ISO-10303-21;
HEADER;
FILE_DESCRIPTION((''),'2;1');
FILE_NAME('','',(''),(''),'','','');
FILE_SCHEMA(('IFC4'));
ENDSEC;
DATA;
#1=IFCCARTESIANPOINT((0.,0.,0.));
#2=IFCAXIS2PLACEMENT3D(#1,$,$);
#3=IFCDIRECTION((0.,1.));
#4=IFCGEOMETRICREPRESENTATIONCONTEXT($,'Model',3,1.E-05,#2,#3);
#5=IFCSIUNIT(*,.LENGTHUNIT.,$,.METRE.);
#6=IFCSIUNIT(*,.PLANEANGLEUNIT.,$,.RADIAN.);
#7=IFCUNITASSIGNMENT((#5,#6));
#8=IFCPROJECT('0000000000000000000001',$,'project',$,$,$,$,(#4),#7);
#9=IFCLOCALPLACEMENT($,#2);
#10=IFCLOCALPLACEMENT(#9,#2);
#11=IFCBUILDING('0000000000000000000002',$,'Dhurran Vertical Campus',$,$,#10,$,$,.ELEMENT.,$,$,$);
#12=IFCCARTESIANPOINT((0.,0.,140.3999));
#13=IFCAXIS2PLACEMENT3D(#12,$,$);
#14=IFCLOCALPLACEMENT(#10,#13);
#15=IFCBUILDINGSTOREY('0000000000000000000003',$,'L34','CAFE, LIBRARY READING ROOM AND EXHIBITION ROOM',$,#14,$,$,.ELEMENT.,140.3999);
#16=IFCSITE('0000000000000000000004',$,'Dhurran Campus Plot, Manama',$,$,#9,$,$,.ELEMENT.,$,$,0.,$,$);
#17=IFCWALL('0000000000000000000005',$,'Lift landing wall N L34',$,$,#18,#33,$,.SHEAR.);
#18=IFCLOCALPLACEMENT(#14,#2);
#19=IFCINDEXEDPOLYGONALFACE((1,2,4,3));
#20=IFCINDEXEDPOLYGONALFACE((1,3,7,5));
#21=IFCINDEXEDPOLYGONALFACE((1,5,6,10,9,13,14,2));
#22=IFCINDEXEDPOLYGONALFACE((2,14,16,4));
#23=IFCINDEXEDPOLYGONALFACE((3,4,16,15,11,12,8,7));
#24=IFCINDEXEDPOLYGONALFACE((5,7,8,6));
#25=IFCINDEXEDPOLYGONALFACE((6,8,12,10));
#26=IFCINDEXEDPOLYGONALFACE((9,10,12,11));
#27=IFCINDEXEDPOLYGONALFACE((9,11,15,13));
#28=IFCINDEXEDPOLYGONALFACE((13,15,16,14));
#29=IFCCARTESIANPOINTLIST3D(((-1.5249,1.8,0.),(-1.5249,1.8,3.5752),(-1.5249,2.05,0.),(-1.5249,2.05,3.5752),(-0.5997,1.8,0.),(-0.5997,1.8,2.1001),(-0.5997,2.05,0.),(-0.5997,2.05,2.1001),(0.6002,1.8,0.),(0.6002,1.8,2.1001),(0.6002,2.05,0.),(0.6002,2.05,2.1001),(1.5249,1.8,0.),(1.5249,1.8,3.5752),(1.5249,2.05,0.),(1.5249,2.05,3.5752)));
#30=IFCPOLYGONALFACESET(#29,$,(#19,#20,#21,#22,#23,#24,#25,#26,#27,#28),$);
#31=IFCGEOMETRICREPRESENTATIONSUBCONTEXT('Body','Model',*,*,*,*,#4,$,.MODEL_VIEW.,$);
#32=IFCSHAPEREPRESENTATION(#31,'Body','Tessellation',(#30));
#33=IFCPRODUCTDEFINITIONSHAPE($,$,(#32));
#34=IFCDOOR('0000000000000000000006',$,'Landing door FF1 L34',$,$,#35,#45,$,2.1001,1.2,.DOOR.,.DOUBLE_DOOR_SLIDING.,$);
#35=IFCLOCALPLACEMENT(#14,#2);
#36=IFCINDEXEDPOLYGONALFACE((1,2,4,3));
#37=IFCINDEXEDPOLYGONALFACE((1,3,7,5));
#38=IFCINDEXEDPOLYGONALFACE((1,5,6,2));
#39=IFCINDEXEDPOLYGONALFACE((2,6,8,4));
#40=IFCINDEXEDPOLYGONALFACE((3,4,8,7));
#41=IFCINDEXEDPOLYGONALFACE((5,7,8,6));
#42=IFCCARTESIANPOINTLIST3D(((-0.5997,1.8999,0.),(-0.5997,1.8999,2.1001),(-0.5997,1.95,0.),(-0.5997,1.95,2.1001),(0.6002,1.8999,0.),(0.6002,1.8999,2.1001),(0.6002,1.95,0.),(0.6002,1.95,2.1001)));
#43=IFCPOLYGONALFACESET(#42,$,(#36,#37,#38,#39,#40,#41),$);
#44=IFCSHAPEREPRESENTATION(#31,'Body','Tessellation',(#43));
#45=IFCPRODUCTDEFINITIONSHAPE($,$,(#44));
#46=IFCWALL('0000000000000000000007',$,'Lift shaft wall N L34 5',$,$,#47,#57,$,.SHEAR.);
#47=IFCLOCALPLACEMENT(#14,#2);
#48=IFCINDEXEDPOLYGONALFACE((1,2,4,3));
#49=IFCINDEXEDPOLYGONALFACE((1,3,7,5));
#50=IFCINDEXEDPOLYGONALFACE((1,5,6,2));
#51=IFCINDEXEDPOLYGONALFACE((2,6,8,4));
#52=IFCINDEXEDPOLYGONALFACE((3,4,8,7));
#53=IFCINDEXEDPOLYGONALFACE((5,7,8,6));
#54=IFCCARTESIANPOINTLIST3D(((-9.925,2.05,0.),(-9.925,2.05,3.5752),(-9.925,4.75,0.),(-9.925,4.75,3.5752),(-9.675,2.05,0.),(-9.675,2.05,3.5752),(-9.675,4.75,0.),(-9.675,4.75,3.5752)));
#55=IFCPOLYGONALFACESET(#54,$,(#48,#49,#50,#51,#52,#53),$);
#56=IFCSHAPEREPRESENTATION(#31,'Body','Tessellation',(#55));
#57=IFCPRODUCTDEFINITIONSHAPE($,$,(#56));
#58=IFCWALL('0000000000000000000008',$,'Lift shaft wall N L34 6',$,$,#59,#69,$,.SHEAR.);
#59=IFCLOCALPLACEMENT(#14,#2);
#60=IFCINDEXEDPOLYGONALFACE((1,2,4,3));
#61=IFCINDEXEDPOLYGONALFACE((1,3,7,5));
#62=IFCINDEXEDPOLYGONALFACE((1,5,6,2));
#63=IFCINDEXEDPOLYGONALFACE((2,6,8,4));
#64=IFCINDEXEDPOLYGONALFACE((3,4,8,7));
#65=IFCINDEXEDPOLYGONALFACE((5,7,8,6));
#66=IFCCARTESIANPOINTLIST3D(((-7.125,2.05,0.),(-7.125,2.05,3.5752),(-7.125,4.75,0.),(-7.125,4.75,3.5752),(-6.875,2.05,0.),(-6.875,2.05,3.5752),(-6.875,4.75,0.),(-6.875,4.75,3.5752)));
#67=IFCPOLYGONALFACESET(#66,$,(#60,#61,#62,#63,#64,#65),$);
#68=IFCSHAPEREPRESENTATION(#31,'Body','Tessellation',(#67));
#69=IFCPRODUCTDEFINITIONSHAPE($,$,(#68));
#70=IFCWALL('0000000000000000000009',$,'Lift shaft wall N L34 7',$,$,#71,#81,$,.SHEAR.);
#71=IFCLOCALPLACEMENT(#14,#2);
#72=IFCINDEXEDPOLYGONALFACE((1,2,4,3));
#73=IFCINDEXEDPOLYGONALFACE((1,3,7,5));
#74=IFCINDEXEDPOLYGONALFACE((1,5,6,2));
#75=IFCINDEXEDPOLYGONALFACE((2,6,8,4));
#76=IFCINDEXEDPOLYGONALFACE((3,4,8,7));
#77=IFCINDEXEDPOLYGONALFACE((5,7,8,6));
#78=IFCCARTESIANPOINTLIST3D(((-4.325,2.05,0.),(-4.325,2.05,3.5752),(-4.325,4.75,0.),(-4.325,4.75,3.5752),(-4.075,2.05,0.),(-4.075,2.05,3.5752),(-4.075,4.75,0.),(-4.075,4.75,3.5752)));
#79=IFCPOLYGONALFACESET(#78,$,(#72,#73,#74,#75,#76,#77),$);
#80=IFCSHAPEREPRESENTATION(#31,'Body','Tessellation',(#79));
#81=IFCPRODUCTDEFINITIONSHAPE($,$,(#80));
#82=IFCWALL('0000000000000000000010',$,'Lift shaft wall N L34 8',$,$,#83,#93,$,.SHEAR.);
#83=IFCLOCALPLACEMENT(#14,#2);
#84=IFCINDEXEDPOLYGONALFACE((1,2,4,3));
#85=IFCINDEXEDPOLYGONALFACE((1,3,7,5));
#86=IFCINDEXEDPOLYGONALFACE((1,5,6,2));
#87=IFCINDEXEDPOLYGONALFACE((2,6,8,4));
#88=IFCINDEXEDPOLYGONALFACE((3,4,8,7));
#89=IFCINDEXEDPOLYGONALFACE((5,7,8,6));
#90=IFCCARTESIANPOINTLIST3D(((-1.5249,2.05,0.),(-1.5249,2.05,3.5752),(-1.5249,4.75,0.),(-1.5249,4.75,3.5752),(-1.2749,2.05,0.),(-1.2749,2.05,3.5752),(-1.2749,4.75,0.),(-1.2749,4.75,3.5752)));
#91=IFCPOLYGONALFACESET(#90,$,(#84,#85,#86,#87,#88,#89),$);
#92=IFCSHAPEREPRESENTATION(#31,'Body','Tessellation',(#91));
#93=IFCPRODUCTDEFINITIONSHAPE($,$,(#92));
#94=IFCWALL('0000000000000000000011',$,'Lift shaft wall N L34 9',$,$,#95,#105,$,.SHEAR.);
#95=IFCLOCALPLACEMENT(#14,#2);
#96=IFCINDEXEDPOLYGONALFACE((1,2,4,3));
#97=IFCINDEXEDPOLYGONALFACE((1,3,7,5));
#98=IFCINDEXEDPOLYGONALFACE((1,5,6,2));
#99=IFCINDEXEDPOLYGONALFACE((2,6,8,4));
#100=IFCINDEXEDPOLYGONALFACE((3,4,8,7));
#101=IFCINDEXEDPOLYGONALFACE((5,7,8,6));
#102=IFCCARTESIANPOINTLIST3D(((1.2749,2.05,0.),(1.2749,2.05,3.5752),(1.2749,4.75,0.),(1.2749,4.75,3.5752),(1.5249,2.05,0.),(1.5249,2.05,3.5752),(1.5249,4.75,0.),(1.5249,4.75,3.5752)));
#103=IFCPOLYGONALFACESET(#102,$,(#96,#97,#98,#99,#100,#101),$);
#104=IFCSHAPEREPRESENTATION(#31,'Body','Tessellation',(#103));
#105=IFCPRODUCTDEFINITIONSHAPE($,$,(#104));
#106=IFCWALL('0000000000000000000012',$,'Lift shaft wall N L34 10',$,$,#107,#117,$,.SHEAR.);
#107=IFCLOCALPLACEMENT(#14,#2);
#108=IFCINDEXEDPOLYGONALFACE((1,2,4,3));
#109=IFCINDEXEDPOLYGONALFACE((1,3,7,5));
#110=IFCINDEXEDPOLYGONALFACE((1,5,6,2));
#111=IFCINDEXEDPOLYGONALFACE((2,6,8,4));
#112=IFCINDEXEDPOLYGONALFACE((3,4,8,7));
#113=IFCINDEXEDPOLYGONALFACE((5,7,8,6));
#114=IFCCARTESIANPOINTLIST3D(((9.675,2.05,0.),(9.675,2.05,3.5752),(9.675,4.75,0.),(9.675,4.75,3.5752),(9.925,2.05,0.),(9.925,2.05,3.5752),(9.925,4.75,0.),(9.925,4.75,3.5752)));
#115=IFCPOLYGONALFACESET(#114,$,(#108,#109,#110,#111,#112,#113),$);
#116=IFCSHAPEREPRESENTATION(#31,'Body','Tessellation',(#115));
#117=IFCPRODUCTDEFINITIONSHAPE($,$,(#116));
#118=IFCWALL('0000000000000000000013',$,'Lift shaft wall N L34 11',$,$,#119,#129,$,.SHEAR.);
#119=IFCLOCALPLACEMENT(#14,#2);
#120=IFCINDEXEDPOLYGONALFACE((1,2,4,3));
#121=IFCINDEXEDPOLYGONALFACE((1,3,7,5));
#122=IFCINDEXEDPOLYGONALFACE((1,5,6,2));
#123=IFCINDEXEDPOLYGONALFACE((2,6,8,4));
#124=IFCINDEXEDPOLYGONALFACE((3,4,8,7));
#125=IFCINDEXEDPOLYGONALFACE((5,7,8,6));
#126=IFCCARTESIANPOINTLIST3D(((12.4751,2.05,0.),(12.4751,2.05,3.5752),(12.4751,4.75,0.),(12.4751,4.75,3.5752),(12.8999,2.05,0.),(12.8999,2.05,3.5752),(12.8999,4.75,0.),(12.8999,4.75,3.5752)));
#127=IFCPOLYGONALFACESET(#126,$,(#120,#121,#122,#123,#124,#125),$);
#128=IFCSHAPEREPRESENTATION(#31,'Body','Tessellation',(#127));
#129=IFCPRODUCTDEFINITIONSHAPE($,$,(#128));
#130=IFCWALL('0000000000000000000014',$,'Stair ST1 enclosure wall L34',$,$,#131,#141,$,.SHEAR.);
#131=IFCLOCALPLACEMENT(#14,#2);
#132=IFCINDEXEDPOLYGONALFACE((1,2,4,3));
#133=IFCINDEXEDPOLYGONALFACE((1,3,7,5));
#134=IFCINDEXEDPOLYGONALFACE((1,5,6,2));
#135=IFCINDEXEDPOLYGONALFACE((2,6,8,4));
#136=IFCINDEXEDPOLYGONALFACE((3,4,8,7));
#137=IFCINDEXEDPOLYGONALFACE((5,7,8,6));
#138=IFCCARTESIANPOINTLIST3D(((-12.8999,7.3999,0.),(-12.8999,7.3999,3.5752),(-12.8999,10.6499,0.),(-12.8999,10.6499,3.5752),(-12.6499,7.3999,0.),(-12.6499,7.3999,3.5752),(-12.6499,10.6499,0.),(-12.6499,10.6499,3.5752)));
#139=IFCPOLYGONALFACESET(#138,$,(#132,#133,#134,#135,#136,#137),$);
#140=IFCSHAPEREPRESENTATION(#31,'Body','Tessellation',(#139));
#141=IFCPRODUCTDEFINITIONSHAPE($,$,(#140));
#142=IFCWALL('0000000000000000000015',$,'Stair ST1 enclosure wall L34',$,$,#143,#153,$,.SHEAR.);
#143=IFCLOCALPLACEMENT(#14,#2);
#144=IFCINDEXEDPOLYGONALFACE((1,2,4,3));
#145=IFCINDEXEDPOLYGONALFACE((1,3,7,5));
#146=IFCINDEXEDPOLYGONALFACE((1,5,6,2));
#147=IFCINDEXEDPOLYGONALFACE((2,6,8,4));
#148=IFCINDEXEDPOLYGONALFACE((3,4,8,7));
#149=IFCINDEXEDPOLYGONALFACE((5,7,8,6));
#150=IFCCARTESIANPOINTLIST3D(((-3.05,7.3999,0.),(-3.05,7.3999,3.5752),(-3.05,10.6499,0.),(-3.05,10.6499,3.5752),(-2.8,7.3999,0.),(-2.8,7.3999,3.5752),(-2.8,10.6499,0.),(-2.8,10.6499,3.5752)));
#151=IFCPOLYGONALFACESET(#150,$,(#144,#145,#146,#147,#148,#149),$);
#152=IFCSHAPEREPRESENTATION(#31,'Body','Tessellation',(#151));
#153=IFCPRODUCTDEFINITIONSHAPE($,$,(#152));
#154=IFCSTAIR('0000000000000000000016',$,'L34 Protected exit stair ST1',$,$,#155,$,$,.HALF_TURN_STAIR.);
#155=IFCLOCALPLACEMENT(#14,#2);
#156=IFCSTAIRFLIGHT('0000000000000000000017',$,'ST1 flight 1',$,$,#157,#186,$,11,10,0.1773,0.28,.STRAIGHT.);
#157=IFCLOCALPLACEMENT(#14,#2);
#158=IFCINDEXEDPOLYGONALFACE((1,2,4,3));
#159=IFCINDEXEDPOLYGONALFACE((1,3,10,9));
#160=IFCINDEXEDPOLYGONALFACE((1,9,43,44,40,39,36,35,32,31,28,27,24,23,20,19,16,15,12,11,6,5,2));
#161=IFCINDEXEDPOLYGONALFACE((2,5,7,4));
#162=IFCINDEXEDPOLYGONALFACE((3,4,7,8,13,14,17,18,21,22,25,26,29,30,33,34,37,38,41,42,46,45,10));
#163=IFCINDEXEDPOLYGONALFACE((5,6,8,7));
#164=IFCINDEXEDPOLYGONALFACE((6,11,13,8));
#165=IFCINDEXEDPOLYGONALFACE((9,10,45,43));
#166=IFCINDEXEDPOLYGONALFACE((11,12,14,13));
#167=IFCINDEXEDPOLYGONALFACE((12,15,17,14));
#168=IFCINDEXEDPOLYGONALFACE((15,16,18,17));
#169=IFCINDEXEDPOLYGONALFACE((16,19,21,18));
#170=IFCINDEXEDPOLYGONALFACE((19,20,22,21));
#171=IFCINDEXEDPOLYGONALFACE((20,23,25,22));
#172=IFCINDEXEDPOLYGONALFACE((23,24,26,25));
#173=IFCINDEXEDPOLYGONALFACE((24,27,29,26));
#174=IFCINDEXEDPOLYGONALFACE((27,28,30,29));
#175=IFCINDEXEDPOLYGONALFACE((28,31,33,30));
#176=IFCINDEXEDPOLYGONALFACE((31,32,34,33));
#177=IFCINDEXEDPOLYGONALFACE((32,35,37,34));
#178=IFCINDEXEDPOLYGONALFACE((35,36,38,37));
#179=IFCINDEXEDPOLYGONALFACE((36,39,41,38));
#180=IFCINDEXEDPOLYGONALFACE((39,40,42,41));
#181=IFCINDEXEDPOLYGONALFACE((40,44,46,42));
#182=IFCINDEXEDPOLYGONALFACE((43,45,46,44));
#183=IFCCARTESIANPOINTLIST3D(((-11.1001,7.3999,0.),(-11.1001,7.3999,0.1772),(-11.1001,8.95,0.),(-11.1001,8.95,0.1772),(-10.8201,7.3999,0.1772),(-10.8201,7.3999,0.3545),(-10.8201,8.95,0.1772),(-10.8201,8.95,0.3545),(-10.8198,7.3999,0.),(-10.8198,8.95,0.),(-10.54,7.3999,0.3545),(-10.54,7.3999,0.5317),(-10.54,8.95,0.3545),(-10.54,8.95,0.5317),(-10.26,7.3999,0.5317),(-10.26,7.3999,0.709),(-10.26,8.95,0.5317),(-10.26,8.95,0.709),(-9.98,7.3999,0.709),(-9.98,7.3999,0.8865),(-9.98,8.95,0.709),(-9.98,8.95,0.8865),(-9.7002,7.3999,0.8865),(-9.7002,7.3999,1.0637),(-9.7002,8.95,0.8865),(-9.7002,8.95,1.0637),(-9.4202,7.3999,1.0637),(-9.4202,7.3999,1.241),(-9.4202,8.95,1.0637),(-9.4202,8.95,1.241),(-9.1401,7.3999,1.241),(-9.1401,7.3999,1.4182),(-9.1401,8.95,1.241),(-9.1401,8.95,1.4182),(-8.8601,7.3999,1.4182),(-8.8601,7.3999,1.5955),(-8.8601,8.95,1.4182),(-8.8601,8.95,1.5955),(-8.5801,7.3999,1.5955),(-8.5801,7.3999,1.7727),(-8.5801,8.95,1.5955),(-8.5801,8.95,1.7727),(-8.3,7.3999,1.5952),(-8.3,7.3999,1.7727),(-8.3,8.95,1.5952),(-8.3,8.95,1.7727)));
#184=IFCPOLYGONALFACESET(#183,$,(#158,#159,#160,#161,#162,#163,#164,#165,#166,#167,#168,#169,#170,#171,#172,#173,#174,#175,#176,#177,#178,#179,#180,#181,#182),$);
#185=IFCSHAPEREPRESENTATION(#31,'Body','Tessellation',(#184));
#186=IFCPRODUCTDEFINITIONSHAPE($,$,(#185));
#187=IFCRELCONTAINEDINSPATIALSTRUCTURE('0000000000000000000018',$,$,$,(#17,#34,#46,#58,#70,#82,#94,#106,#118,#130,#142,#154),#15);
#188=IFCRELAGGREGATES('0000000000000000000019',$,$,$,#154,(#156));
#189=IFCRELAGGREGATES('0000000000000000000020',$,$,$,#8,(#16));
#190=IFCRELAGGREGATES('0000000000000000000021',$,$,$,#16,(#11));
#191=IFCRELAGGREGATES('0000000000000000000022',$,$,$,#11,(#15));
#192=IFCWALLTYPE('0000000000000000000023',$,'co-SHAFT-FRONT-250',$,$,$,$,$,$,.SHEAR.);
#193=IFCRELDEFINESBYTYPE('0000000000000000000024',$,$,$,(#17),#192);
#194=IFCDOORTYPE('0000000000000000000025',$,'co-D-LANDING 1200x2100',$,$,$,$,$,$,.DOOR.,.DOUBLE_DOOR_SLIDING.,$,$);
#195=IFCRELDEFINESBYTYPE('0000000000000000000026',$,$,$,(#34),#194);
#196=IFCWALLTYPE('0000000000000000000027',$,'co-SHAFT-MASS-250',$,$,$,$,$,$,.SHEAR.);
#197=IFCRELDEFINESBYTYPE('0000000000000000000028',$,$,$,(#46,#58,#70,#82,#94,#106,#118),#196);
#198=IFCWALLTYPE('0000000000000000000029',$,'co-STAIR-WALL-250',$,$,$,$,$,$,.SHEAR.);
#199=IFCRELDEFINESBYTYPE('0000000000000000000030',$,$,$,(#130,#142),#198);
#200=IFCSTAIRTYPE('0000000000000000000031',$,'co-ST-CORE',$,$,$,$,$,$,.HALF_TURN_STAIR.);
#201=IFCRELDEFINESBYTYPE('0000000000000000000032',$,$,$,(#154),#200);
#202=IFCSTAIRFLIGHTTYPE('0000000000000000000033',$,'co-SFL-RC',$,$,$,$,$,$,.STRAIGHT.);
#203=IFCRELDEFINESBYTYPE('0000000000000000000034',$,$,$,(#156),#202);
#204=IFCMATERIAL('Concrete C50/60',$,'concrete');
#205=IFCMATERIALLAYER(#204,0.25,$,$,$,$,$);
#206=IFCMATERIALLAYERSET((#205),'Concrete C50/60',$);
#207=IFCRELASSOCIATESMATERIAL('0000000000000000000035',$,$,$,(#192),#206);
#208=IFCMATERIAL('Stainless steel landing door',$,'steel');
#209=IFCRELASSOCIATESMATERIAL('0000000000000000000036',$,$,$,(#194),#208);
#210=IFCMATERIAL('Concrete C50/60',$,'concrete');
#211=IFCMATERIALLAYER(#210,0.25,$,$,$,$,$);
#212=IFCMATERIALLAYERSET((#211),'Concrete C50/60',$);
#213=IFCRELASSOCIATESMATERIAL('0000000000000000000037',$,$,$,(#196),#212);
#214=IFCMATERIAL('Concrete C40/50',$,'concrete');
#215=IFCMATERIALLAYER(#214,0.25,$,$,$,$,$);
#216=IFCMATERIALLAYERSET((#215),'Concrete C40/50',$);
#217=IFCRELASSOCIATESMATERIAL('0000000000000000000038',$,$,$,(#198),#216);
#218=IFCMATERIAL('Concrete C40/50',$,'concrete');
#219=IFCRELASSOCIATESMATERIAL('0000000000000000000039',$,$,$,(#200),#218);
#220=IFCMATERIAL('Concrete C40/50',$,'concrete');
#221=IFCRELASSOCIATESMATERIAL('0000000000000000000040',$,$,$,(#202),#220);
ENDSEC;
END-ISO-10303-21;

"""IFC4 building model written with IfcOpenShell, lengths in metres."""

from ifc_helpers import new_model, si_unit, direction, frame, frame_2d, origin, place, context, subcontext, project, spatial, polyline, rectangle, outline, extrude, material, layer, layer_set, type_object, element, fill, aggregate, save


model = new_model("IFC4")

# Units and contexts
model_context = context("Model", 3, precision=1e-05, world=origin(), true_north=direction((0.0, 1.0)))
body_context = subcontext(model_context, "Body", "Model", "MODEL_VIEW")
ifc_project = project(units=[si_unit("LENGTHUNIT", "METRE"), si_unit("PLANEANGLEUNIT", "RADIAN")], contexts=[model_context])

# Site, building, storey
site_placement = place(None, origin())
site = spatial("IfcSite", under=ifc_project, at=site_placement, Name="Dhurran Campus Plot, Manama", CompositionType="ELEMENT", RefElevation=0.0)
building_placement = place(site_placement, origin())
building = spatial("IfcBuilding", under=site, at=building_placement, Name="Dhurran Vertical Campus", CompositionType="ELEMENT")
storey_placement = place(building_placement, frame((0.0, 0.0, 140.3999)))
storey = spatial("IfcBuildingStorey", under=building, at=storey_placement, Name="L34", Description="CAFE, LIBRARY READING ROOM AND EXHIBITION ROOM", CompositionType="ELEMENT", Elevation=140.3999)

# Wall, opening, door
ifc_material_1 = material(Name="Concrete C50/60", Category="concrete")
ifc_layer_1 = layer(ifc_material_1, 0.25)
ifc_layer_set_1 = layer_set([ifc_layer_1], Name="Concrete C50/60")
wall_type_1 = type_object("IfcWallType", Name="co-SHAFT-FRONT-250", PredefinedType="SHEAR", material=ifc_layer_set_1)
wall_1_placement = place(storey_placement, frame((-1.5249, 1.925, 0.0), z_axis=(0.0, 0.0, 1.0), x_axis=(1.0, 0.0, 0.0)))
wall_1 = element("IfcWall", 1, at=wall_1_placement, inside=storey, type_object=wall_type_1, Name="Lift landing wall N L34", PredefinedType="SHEAR", context=body_context, shape_type="SweptSolid", body=[
    extrude(rectangle(XDim=3.0498, YDim=0.25, at=frame_2d((1.5249, 0.0))), origin(), (0.0, 0.0, 1.0), 3.5752),
])
opening_1_placement = place(wall_1_placement, frame((0.925, 0.0, 0.0)))
opening_1 = element("IfcOpeningElement", 2, at=opening_1_placement, cuts=wall_1, PredefinedType="OPENING", context=body_context, shape_type="SweptSolid", body=[
    extrude(rectangle(XDim=1.2, YDim=2.1001, at=frame_2d((0.6001, 1.05))), frame((0.0, 0.135, 0.0), z_axis=(0.0, -1.0, 0.0), x_axis=(1.0, 0.0, 0.0)), (0.0, 0.0, 1.0), 0.27),
])
ifc_material_2 = material(Name="Stainless steel landing door", Category="steel")
door_type_1 = type_object("IfcDoorType", Name="co-D-LANDING 1200x2100", OperationType="DOUBLE_DOOR_SLIDING", PredefinedType="DOOR", material=ifc_material_2)
door_1_placement = place(opening_1_placement, origin())
door_1 = element("IfcDoor", 3, at=door_1_placement, inside=storey, type_object=door_type_1, Name="Landing door FF1 L34", OperationType="DOUBLE_DOOR_SLIDING", OverallHeight=2.1001, OverallWidth=1.2, PredefinedType="DOOR", context=body_context, shape_type="SweptSolid", body=[
    extrude(rectangle(XDim=1.2, YDim=2.1001, at=frame_2d((0.6001, 1.05))), frame((0.0, 0.0249, 0.0), z_axis=(0.0, -1.0, 0.0), x_axis=(1.0, 0.0, 0.0)), (0.0, 0.0, 1.0), 0.05),
])
fill(opening_1, door_1)

# Walls
ifc_material_3 = material(Name="Concrete C50/60", Category="concrete")
ifc_layer_2 = layer(ifc_material_3, 0.25)
ifc_layer_set_2 = layer_set([ifc_layer_2], Name="Concrete C50/60")
wall_type_2 = type_object("IfcWallType", Name="co-SHAFT-MASS-250", PredefinedType="SHEAR", material=ifc_layer_set_2)
wall_2_placement = place(storey_placement, origin())
element("IfcWall", 4, at=wall_2_placement, inside=storey, type_object=wall_type_2, Name="Lift shaft wall N L34 5", PredefinedType="SHEAR", context=body_context, shape_type="SweptSolid", body=[
    extrude(outline(polyline([(-9.925, 2.05), (-9.675, 2.05), (-9.675, 4.75), (-9.925, 4.75), (-9.925, 2.05)])), origin(), (0.0, 0.0, 1.0), 3.5752),
])
wall_3_placement = place(storey_placement, origin())
element("IfcWall", 5, at=wall_3_placement, inside=storey, type_object=wall_type_2, Name="Lift shaft wall N L34 6", PredefinedType="SHEAR", context=body_context, shape_type="SweptSolid", body=[
    extrude(outline(polyline([(-7.125, 2.05), (-6.875, 2.05), (-6.875, 4.75), (-7.125, 4.75), (-7.125, 2.05)])), origin(), (0.0, 0.0, 1.0), 3.5752),
])
wall_4_placement = place(storey_placement, origin())
element("IfcWall", 6, at=wall_4_placement, inside=storey, type_object=wall_type_2, Name="Lift shaft wall N L34 7", PredefinedType="SHEAR", context=body_context, shape_type="SweptSolid", body=[
    extrude(outline(polyline([(-4.325, 2.05), (-4.075, 2.05), (-4.075, 4.75), (-4.325, 4.75), (-4.325, 2.05)])), origin(), (0.0, 0.0, 1.0), 3.5752),
])
wall_5_placement = place(storey_placement, origin())
element("IfcWall", 7, at=wall_5_placement, inside=storey, type_object=wall_type_2, Name="Lift shaft wall N L34 8", PredefinedType="SHEAR", context=body_context, shape_type="SweptSolid", body=[
    extrude(outline(polyline([(-1.5249, 2.05), (-1.2749, 2.05), (-1.2749, 4.75), (-1.5249, 4.75), (-1.5249, 2.05)])), origin(), (0.0, 0.0, 1.0), 3.5752),
])
wall_6_placement = place(storey_placement, origin())
element("IfcWall", 8, at=wall_6_placement, inside=storey, type_object=wall_type_2, Name="Lift shaft wall N L34 9", PredefinedType="SHEAR", context=body_context, shape_type="SweptSolid", body=[
    extrude(outline(polyline([(1.2749, 2.05), (1.5249, 2.05), (1.5249, 4.75), (1.2749, 4.75), (1.2749, 2.05)])), origin(), (0.0, 0.0, 1.0), 3.5752),
])
wall_7_placement = place(storey_placement, origin())
element("IfcWall", 9, at=wall_7_placement, inside=storey, type_object=wall_type_2, Name="Lift shaft wall N L34 10", PredefinedType="SHEAR", context=body_context, shape_type="SweptSolid", body=[
    extrude(outline(polyline([(9.675, 2.05), (9.925, 2.05), (9.925, 4.75), (9.675, 4.75), (9.675, 2.05)])), origin(), (0.0, 0.0, 1.0), 3.5752),
])
wall_8_placement = place(storey_placement, origin())
element("IfcWall", 10, at=wall_8_placement, inside=storey, type_object=wall_type_2, Name="Lift shaft wall N L34 11", PredefinedType="SHEAR", context=body_context, shape_type="SweptSolid", body=[
    extrude(outline(polyline([(12.4751, 2.05), (12.8999, 2.05), (12.8999, 4.75), (12.4751, 4.75), (12.4751, 2.05)])), origin(), (0.0, 0.0, 1.0), 3.5752),
])
ifc_material_4 = material(Name="Concrete C40/50", Category="concrete")
ifc_layer_3 = layer(ifc_material_4, 0.25)
ifc_layer_set_3 = layer_set([ifc_layer_3], Name="Concrete C40/50")
wall_type_3 = type_object("IfcWallType", Name="co-STAIR-WALL-250", PredefinedType="SHEAR", material=ifc_layer_set_3)
for number, where, z_axis, x_axis, name in (
    (11, (-12.7749, 7.3999, 0.0), (0.0, 0.0, 1.0), (0.0, 1.0, 0.0), "Stair ST1 enclosure wall L34"),
    (12, (-2.925, 7.3999, 0.0), (0.0, 0.0, 1.0), (0.0, 1.0, 0.0), "Stair ST1 enclosure wall L34"),
):
    element("IfcWall", number, at=place(storey_placement, frame(where, z_axis=z_axis, x_axis=x_axis)), inside=storey, type_object=wall_type_3, Name=name, PredefinedType="SHEAR", context=body_context, shape_type="SweptSolid", body=[
        extrude(rectangle(XDim=3.25, YDim=0.25, at=frame_2d((1.625, 0.0))), origin(), (0.0, 0.0, 1.0), 3.5752),
    ])

# Stair, stair flight
ifc_material_5 = material(Name="Concrete C40/50", Category="concrete")
stair_type = type_object("IfcStairType", Name="co-ST-CORE", PredefinedType="HALF_TURN_STAIR", material=ifc_material_5)
stair_placement = place(storey_placement, origin())
stair = element("IfcStair", 13, at=stair_placement, inside=storey, type_object=stair_type, Name="L34 Protected exit stair ST1", PredefinedType="HALF_TURN_STAIR")
ifc_material_6 = material(Name="Concrete C40/50", Category="concrete")
stair_flight_type = type_object("IfcStairFlightType", Name="co-SFL-RC", PredefinedType="STRAIGHT", material=ifc_material_6)
stair_flight_placement = place(storey_placement, frame((-11.1001, 8.175, 0.0), z_axis=(0.0, 0.0, 1.0), x_axis=(1.0, 0.0, 0.0)))
stair_flight = element("IfcStairFlight", 14, at=stair_flight_placement, type_object=stair_flight_type, Name="ST1 flight 1", NumberOfRisers=11, NumberOfTreads=10, PredefinedType="STRAIGHT", RiserHeight=0.1773, TreadLength=0.28, context=body_context, shape_type="SweptSolid", body=[
    extrude(outline(polyline([(0.0, 0.0), (0.0, 0.1772), (0.28, 0.1772), (0.28, 0.3545), (0.5601, 0.3545), (0.5601, 0.5317), (0.8401, 0.5317), (0.8401, 0.709), (1.1201, 0.709), (1.1201, 0.8865), (1.3999, 0.8865), (1.3999, 1.0637), (1.6799, 1.0637), (1.6799, 1.241), (1.96, 1.241), (1.96, 1.4182), (2.24, 1.4182), (2.24, 1.5955), (2.52, 1.5955), (2.52, 1.7727), (2.8, 1.7727), (2.8, 1.95), (2.8, 1.5952), (0.2803, 0.0), (0.0, 0.0)])), frame((0.0, 0.7749, 0.0), z_axis=(0.0, -1.0, 0.0), x_axis=(1.0, 0.0, 0.0)), (0.0, 0.0, 1.0), 1.55),
])
aggregate(stair, [stair_flight])

save(model, "model.ifc")
